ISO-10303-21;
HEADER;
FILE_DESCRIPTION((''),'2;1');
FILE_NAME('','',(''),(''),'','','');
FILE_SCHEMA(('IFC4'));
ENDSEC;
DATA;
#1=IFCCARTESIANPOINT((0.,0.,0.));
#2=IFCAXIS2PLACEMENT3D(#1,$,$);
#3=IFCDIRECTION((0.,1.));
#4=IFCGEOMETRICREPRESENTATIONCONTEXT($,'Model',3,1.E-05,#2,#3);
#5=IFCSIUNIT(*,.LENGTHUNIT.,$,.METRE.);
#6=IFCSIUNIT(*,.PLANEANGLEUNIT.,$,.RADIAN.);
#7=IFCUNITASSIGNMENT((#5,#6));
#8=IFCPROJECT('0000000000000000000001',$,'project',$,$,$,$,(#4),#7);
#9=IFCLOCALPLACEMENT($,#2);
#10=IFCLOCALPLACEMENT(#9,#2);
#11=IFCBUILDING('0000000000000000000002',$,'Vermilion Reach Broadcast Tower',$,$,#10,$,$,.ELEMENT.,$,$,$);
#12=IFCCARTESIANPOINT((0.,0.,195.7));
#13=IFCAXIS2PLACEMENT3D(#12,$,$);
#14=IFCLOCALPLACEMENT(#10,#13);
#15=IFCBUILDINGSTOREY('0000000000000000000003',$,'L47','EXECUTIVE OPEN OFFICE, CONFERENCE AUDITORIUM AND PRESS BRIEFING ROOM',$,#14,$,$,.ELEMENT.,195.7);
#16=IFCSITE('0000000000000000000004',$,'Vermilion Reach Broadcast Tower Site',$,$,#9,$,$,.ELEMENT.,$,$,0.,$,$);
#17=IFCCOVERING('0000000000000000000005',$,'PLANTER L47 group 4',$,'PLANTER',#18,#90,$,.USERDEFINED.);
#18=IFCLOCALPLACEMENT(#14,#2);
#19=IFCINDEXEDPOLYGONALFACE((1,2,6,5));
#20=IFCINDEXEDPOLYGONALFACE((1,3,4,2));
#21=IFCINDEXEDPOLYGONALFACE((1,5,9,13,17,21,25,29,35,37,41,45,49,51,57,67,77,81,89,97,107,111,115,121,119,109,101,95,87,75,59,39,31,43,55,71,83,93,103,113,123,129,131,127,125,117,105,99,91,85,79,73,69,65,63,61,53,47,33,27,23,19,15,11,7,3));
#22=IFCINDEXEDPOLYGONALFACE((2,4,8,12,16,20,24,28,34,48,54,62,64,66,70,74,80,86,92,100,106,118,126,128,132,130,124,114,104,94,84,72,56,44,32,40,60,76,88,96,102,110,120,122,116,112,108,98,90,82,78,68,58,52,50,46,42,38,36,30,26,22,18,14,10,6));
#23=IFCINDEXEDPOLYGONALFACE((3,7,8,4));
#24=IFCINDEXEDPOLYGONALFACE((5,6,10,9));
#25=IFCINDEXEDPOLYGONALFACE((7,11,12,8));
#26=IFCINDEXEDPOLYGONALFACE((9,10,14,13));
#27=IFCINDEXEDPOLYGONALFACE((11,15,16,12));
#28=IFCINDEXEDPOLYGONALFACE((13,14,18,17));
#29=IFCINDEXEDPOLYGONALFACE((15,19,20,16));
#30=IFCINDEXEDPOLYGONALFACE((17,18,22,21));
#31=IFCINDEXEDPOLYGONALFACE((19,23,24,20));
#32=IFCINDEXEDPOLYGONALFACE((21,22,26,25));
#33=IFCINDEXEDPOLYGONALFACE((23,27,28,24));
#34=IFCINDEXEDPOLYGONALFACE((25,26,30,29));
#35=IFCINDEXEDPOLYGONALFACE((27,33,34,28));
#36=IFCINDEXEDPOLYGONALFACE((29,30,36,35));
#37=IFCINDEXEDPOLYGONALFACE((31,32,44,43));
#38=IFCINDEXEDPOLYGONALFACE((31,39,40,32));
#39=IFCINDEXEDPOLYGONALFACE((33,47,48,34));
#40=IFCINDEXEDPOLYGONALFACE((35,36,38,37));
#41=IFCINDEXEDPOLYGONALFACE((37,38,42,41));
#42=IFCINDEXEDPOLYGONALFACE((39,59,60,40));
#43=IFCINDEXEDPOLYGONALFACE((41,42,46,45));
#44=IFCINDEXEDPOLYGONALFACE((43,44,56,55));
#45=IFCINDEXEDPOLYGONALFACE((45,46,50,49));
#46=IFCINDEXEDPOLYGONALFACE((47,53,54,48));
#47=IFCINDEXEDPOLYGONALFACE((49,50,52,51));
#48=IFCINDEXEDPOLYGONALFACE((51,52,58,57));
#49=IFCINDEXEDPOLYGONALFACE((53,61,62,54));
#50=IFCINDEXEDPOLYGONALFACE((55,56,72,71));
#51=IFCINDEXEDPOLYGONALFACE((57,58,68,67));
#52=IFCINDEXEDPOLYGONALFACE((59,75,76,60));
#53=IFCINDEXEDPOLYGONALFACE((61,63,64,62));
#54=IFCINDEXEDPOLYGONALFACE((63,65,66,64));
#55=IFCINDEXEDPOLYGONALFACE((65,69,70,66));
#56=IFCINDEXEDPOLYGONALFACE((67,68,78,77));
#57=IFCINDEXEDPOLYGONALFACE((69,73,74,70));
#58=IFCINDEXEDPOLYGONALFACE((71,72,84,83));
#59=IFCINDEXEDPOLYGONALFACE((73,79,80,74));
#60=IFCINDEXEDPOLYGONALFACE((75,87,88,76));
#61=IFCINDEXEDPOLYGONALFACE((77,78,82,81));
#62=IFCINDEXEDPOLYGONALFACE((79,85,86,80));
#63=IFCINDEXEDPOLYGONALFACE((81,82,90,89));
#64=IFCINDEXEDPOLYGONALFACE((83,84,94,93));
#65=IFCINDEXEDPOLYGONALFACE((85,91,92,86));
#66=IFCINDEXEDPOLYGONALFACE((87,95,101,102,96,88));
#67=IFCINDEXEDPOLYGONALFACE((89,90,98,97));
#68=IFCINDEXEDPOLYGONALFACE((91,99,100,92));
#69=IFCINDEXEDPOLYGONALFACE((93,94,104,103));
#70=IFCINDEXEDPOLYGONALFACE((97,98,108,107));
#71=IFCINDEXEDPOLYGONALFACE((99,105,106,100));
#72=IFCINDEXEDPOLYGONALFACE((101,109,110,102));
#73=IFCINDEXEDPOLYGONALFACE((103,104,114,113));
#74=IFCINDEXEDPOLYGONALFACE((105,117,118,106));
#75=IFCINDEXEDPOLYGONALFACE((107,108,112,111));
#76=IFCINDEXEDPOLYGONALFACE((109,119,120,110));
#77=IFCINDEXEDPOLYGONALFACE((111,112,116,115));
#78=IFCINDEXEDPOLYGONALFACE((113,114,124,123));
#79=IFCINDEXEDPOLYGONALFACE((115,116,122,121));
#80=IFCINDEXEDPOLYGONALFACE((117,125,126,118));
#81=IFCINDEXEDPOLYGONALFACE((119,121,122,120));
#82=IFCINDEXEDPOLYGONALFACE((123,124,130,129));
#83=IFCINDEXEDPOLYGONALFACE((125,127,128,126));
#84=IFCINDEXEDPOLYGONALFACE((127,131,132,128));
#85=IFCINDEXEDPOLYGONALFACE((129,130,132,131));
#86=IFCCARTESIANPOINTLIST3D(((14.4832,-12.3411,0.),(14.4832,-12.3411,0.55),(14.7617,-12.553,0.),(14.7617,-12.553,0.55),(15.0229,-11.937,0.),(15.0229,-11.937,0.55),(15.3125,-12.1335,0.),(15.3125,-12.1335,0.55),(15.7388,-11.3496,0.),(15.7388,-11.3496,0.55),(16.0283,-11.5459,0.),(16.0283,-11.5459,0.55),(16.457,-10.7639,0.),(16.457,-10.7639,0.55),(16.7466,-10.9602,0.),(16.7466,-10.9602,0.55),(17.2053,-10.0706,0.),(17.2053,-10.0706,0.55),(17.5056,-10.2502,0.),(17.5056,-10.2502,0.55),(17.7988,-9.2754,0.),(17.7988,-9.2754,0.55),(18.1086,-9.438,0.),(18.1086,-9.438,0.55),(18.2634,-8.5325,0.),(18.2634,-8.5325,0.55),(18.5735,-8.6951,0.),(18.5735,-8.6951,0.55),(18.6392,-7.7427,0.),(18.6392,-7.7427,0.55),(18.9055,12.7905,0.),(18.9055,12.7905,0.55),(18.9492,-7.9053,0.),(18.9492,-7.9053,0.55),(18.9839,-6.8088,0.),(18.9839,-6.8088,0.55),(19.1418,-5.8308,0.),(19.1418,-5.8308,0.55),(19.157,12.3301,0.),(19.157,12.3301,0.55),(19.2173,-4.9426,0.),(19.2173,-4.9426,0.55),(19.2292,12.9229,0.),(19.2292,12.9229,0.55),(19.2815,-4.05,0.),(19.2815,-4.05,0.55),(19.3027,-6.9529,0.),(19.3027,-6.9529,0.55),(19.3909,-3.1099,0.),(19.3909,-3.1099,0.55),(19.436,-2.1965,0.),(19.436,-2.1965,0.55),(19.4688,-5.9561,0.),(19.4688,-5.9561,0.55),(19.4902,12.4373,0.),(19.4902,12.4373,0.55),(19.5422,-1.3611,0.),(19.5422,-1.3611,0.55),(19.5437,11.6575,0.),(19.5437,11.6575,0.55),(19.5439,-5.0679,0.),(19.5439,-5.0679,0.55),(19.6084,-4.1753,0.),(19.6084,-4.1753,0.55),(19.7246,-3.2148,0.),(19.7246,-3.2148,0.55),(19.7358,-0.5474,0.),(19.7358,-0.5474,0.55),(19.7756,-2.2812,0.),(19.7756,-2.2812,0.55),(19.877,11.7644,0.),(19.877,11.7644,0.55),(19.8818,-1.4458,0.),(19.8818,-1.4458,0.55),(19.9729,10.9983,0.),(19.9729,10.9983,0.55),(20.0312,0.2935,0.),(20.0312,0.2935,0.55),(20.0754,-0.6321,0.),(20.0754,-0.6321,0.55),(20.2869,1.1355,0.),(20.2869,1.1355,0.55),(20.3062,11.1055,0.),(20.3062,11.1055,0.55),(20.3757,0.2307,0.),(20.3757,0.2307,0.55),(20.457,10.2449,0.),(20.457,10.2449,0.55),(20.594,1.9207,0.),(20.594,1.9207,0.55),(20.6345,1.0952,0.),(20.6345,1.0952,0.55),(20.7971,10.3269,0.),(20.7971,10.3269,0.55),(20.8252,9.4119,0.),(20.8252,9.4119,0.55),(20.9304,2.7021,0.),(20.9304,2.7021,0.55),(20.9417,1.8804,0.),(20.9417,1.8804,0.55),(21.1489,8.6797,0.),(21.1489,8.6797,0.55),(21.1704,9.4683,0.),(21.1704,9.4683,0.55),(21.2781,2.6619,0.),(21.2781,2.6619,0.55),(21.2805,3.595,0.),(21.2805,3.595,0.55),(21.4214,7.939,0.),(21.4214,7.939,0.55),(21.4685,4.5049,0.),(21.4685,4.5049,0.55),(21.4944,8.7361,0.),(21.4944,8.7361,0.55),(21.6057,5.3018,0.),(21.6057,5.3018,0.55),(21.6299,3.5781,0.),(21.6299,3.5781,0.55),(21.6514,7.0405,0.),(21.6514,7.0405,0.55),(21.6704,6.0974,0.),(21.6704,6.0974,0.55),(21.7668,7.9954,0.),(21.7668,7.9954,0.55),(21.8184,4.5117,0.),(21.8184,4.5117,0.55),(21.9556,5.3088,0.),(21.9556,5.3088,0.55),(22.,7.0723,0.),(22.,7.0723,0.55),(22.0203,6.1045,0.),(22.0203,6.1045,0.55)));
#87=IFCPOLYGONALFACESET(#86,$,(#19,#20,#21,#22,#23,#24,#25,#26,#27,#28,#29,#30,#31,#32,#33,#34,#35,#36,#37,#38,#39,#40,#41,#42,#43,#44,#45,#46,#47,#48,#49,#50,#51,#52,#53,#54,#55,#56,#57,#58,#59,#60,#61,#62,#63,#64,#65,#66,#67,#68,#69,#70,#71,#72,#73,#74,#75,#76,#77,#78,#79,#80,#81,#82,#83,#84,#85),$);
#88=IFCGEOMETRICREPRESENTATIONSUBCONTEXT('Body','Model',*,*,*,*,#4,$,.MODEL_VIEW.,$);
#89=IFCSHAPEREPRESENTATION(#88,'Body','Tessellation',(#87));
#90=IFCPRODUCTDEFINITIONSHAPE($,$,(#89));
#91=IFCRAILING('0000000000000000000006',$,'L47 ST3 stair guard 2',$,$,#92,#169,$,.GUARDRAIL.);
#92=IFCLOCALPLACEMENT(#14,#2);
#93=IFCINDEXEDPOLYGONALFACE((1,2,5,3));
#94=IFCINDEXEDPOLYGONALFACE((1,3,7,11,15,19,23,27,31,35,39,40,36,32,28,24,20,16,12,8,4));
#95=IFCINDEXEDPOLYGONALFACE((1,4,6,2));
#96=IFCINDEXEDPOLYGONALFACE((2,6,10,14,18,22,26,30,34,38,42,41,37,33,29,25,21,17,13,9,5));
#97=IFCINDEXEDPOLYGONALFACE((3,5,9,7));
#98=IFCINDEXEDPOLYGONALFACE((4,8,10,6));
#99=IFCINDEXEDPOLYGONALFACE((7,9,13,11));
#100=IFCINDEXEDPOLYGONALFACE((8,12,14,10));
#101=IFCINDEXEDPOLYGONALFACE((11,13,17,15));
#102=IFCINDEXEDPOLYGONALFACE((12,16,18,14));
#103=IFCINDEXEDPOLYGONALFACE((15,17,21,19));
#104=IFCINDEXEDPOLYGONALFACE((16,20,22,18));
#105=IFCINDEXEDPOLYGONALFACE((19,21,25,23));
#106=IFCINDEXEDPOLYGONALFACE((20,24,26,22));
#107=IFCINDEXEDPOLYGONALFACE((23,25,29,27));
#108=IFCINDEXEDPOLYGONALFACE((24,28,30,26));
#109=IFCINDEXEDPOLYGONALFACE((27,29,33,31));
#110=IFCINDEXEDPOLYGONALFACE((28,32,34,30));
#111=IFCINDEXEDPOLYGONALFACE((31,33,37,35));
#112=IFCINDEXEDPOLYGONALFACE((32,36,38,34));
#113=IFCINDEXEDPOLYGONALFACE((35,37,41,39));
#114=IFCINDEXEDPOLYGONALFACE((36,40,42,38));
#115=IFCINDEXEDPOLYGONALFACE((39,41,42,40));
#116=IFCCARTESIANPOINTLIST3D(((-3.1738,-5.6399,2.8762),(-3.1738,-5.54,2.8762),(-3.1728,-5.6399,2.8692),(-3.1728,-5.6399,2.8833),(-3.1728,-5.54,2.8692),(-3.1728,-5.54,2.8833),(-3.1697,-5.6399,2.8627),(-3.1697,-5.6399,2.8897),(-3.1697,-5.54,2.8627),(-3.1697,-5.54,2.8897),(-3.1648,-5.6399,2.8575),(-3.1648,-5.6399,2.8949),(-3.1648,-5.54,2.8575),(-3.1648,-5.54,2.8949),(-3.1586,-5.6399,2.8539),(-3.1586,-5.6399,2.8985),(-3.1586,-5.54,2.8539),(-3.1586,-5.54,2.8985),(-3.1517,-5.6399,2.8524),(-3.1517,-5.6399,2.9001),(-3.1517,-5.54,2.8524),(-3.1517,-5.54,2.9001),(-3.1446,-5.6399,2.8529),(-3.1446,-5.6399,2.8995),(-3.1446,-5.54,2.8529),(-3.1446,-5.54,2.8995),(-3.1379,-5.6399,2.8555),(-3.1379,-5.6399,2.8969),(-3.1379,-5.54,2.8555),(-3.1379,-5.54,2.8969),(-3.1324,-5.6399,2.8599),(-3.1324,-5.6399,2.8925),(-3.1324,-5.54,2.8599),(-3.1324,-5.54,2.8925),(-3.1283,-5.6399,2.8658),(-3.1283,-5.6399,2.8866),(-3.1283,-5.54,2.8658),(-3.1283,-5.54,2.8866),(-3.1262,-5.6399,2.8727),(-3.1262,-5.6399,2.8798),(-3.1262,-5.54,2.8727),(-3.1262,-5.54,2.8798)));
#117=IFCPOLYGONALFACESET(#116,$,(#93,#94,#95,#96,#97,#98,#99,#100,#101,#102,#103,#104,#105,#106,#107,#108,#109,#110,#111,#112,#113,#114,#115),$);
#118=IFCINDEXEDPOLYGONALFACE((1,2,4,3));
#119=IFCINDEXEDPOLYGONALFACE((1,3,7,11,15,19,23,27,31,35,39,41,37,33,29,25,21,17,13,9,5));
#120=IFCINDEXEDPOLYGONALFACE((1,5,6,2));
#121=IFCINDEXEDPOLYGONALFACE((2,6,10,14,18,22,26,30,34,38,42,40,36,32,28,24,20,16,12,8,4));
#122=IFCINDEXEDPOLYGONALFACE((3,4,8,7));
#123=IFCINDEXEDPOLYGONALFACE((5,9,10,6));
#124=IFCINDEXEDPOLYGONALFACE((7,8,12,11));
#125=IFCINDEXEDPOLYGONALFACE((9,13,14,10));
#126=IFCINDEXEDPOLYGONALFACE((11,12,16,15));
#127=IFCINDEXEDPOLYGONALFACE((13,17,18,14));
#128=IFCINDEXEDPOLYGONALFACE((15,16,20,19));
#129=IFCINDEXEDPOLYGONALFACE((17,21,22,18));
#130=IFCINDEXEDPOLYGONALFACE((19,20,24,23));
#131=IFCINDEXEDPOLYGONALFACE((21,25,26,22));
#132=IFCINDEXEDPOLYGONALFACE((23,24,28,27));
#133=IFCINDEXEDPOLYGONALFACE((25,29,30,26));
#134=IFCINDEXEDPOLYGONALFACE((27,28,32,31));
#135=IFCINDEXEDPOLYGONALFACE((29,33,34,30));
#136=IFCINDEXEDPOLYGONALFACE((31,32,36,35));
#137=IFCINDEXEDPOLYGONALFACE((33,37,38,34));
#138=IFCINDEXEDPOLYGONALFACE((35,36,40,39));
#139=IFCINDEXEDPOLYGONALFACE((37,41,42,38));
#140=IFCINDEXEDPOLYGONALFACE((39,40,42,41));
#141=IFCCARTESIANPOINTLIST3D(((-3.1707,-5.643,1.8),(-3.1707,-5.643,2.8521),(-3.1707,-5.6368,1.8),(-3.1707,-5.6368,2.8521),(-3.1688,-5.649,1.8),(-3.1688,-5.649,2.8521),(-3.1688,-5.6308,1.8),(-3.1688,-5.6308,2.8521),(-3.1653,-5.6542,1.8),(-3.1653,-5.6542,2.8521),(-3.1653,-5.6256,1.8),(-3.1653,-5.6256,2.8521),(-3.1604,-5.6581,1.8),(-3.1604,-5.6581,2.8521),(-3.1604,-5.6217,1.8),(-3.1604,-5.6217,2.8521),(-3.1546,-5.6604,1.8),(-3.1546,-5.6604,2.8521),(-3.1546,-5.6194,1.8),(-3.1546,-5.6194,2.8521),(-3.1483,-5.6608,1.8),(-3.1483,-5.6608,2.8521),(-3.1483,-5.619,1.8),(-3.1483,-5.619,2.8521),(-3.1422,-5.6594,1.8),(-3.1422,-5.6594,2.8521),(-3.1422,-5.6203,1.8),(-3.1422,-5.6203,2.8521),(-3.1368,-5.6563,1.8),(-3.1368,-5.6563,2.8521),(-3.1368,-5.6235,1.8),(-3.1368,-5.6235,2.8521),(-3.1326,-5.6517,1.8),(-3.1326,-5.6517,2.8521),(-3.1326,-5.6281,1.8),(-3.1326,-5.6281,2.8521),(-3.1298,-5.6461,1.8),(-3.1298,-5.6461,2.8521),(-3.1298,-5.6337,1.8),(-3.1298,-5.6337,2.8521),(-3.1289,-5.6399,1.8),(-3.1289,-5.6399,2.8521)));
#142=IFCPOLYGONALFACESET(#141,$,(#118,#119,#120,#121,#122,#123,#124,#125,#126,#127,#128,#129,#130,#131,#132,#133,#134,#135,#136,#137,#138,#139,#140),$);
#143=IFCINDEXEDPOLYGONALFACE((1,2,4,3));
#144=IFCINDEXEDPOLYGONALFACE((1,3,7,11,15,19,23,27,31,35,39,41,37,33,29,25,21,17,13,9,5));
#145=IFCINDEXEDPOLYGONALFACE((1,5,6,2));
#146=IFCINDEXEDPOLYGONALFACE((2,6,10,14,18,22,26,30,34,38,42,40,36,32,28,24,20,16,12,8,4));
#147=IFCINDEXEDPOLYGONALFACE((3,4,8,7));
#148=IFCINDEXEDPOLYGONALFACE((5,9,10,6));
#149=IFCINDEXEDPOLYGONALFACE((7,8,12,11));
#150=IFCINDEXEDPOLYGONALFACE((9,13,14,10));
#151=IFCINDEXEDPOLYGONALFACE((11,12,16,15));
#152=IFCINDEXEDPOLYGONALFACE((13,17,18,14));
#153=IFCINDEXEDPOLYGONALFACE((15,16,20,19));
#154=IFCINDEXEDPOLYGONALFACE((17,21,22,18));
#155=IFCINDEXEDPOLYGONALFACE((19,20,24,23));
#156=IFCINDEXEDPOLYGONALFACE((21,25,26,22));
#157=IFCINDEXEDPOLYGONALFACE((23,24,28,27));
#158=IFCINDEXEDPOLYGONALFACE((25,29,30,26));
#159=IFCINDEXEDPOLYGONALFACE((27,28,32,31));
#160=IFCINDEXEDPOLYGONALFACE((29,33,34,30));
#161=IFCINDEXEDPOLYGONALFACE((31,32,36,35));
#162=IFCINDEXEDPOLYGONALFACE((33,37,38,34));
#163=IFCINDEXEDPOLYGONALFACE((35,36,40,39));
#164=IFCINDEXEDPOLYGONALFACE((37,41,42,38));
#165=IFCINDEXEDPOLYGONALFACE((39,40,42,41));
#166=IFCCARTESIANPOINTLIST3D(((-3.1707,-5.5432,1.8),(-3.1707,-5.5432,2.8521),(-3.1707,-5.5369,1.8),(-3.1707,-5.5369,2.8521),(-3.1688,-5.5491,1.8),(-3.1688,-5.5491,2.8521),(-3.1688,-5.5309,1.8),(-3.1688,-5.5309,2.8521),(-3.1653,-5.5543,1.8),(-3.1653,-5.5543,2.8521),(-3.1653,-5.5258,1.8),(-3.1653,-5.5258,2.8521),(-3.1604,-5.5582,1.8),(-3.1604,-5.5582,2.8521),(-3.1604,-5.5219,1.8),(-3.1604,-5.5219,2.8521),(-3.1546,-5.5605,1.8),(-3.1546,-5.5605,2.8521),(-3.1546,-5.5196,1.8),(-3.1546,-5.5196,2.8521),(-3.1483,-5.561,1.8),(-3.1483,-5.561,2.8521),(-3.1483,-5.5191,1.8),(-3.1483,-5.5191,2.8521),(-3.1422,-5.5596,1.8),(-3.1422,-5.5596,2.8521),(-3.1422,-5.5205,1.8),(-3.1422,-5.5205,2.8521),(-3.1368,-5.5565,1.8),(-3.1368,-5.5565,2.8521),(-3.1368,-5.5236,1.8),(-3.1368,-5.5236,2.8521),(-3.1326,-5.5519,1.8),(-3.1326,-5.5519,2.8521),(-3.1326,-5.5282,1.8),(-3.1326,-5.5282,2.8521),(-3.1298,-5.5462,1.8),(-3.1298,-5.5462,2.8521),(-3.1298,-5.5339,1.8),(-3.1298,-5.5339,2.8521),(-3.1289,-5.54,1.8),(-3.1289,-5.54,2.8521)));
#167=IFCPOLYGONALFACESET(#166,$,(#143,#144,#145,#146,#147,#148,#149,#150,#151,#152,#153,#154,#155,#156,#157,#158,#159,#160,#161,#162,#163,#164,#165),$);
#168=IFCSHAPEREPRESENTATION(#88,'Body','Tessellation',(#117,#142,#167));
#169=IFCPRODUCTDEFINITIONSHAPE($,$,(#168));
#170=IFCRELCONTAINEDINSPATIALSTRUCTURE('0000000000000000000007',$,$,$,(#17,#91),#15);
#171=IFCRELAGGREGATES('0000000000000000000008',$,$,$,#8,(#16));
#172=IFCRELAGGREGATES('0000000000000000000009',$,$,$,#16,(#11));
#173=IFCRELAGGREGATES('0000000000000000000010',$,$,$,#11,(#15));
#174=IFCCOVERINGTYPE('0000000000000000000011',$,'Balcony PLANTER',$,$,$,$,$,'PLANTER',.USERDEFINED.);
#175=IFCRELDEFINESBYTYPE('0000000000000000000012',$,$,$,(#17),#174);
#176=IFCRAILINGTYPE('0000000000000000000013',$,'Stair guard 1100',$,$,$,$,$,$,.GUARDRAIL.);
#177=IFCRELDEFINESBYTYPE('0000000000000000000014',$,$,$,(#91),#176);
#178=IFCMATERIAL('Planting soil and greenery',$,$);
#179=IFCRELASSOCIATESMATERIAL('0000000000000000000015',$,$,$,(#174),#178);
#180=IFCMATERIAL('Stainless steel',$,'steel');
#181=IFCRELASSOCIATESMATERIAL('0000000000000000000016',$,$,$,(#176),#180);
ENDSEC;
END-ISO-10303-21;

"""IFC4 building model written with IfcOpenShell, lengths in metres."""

from ifc_helpers import new_model, si_unit, direction, frame, origin, origin_2d, place, context, subcontext, project, spatial, polyline, circle, outline, extrude, material, type_object, element, save


model = new_model("IFC4")

# Units and contexts
model_context = context("Model", 3, precision=1e-05, world=origin(), true_north=direction((0.0, 1.0)))
body_context = subcontext(model_context, "Body", "Model", "MODEL_VIEW")
ifc_project = project(units=[si_unit("LENGTHUNIT", "METRE"), si_unit("PLANEANGLEUNIT", "RADIAN")], contexts=[model_context])

# Site, building, storey
site_placement = place(None, origin())
site = spatial("IfcSite", under=ifc_project, at=site_placement, Name="Vermilion Reach Broadcast Tower Site", CompositionType="ELEMENT", RefElevation=0.0)
building_placement = place(site_placement, origin())
building = spatial("IfcBuilding", under=site, at=building_placement, Name="Vermilion Reach Broadcast Tower", CompositionType="ELEMENT")
storey_placement = place(building_placement, frame((0.0, 0.0, 195.7)))
storey = spatial("IfcBuildingStorey", under=building, at=storey_placement, Name="L47", Description="EXECUTIVE OPEN OFFICE, CONFERENCE AUDITORIUM AND PRESS BRIEFING ROOM", CompositionType="ELEMENT", Elevation=195.7)

# Shared definitions
placement_1 = place(storey_placement, origin())

# Covering
ifc_material_1 = material(Name="Planting soil and greenery")
covering_type = type_object("IfcCoveringType", Name="Balcony PLANTER", ElementType="PLANTER", PredefinedType="USERDEFINED", material=ifc_material_1)
element("IfcCovering", 1, at=placement_1, inside=storey, type_object=covering_type, Name="PLANTER L47 group 4", ObjectType="PLANTER", PredefinedType="USERDEFINED", context=body_context, shape_type="SweptSolid", body=[
    extrude(outline(polyline([(14.7617, -12.553), (15.3125, -12.1335), (16.0283, -11.5459), (16.7466, -10.9602), (17.5056, -10.2502), (18.1086, -9.438), (18.5735, -8.6951), (18.9492, -7.9053), (19.3027, -6.9529), (19.4688, -5.9561), (19.5439, -5.0679), (19.6084, -4.1753), (19.7246, -3.2148), (19.7756, -2.2812), (19.8818, -1.4458), (20.0754, -0.6321), (20.3757, 0.2307), (20.6345, 1.0952), (20.9417, 1.8804), (21.2781, 2.6619), (21.6299, 3.5781), (21.8184, 4.5117), (21.9556, 5.3088), (22.0203, 6.1045), (22.0, 7.0723), (21.7668, 7.9954), (21.4944, 8.7361), (21.1704, 9.4683), (20.7971, 10.3269), (20.3062, 11.1055), (19.877, 11.7644), (19.4902, 12.4373), (19.2292, 12.9229), (18.9055, 12.7905), (19.157, 12.3301), (19.5437, 11.6575), (19.9729, 10.9983), (20.457, 10.2449), (20.8252, 9.4119), (21.1489, 8.6797), (21.4214, 7.939), (21.6514, 7.0405), (21.6704, 6.0974), (21.6057, 5.3018), (21.4685, 4.5049), (21.2805, 3.595), (20.9304, 2.7021), (20.594, 1.9207), (20.2869, 1.1355), (20.0312, 0.2935), (19.7358, -0.5474), (19.5422, -1.3611), (19.436, -2.1965), (19.3909, -3.1099), (19.2815, -4.05), (19.2173, -4.9426), (19.1418, -5.8308), (18.9839, -6.8088), (18.6392, -7.7427), (18.2634, -8.5325), (17.7988, -9.2754), (17.2053, -10.0706), (16.457, -10.7639), (15.7388, -11.3496), (15.0229, -11.937), (14.4832, -12.3411), (14.7617, -12.553)])), origin(), (0.0, 0.0, 1.0), 0.55),
])

# Railing
ifc_material_2 = material(Name="Stainless steel", Category="steel")
railing_type_1 = type_object("IfcRailingType", Name="Stair guard 1100", PredefinedType="GUARDRAIL", material=ifc_material_2)
railing_1_placement = place(storey_placement, frame((-3.1499, -5.6399, 1.8)))
element("IfcRailing", 2, at=railing_1_placement, inside=storey, type_object=railing_type_1, Name="L47 ST3 stair guard 2", PredefinedType="GUARDRAIL", context=body_context, shape_type="SweptSolid", body=[
    extrude(circle(Radius=0.0239, at=origin_2d()), frame((0.0, 0.0, 1.0762), z_axis=(0.0, 1.0, 0.0), x_axis=(-1.0, 0.0, 0.0)), (0.0, 0.0, 1.0), 0.0999),
    extrude(circle(Radius=0.021, at=origin_2d()), origin(), (0.0, 0.0, 1.0), 1.052),
    extrude(circle(Radius=0.021, at=origin_2d()), frame((0.0, 0.0999, 0.0)), (0.0, 0.0, 1.0), 1.052),
])

save(model, "model.ifc")
